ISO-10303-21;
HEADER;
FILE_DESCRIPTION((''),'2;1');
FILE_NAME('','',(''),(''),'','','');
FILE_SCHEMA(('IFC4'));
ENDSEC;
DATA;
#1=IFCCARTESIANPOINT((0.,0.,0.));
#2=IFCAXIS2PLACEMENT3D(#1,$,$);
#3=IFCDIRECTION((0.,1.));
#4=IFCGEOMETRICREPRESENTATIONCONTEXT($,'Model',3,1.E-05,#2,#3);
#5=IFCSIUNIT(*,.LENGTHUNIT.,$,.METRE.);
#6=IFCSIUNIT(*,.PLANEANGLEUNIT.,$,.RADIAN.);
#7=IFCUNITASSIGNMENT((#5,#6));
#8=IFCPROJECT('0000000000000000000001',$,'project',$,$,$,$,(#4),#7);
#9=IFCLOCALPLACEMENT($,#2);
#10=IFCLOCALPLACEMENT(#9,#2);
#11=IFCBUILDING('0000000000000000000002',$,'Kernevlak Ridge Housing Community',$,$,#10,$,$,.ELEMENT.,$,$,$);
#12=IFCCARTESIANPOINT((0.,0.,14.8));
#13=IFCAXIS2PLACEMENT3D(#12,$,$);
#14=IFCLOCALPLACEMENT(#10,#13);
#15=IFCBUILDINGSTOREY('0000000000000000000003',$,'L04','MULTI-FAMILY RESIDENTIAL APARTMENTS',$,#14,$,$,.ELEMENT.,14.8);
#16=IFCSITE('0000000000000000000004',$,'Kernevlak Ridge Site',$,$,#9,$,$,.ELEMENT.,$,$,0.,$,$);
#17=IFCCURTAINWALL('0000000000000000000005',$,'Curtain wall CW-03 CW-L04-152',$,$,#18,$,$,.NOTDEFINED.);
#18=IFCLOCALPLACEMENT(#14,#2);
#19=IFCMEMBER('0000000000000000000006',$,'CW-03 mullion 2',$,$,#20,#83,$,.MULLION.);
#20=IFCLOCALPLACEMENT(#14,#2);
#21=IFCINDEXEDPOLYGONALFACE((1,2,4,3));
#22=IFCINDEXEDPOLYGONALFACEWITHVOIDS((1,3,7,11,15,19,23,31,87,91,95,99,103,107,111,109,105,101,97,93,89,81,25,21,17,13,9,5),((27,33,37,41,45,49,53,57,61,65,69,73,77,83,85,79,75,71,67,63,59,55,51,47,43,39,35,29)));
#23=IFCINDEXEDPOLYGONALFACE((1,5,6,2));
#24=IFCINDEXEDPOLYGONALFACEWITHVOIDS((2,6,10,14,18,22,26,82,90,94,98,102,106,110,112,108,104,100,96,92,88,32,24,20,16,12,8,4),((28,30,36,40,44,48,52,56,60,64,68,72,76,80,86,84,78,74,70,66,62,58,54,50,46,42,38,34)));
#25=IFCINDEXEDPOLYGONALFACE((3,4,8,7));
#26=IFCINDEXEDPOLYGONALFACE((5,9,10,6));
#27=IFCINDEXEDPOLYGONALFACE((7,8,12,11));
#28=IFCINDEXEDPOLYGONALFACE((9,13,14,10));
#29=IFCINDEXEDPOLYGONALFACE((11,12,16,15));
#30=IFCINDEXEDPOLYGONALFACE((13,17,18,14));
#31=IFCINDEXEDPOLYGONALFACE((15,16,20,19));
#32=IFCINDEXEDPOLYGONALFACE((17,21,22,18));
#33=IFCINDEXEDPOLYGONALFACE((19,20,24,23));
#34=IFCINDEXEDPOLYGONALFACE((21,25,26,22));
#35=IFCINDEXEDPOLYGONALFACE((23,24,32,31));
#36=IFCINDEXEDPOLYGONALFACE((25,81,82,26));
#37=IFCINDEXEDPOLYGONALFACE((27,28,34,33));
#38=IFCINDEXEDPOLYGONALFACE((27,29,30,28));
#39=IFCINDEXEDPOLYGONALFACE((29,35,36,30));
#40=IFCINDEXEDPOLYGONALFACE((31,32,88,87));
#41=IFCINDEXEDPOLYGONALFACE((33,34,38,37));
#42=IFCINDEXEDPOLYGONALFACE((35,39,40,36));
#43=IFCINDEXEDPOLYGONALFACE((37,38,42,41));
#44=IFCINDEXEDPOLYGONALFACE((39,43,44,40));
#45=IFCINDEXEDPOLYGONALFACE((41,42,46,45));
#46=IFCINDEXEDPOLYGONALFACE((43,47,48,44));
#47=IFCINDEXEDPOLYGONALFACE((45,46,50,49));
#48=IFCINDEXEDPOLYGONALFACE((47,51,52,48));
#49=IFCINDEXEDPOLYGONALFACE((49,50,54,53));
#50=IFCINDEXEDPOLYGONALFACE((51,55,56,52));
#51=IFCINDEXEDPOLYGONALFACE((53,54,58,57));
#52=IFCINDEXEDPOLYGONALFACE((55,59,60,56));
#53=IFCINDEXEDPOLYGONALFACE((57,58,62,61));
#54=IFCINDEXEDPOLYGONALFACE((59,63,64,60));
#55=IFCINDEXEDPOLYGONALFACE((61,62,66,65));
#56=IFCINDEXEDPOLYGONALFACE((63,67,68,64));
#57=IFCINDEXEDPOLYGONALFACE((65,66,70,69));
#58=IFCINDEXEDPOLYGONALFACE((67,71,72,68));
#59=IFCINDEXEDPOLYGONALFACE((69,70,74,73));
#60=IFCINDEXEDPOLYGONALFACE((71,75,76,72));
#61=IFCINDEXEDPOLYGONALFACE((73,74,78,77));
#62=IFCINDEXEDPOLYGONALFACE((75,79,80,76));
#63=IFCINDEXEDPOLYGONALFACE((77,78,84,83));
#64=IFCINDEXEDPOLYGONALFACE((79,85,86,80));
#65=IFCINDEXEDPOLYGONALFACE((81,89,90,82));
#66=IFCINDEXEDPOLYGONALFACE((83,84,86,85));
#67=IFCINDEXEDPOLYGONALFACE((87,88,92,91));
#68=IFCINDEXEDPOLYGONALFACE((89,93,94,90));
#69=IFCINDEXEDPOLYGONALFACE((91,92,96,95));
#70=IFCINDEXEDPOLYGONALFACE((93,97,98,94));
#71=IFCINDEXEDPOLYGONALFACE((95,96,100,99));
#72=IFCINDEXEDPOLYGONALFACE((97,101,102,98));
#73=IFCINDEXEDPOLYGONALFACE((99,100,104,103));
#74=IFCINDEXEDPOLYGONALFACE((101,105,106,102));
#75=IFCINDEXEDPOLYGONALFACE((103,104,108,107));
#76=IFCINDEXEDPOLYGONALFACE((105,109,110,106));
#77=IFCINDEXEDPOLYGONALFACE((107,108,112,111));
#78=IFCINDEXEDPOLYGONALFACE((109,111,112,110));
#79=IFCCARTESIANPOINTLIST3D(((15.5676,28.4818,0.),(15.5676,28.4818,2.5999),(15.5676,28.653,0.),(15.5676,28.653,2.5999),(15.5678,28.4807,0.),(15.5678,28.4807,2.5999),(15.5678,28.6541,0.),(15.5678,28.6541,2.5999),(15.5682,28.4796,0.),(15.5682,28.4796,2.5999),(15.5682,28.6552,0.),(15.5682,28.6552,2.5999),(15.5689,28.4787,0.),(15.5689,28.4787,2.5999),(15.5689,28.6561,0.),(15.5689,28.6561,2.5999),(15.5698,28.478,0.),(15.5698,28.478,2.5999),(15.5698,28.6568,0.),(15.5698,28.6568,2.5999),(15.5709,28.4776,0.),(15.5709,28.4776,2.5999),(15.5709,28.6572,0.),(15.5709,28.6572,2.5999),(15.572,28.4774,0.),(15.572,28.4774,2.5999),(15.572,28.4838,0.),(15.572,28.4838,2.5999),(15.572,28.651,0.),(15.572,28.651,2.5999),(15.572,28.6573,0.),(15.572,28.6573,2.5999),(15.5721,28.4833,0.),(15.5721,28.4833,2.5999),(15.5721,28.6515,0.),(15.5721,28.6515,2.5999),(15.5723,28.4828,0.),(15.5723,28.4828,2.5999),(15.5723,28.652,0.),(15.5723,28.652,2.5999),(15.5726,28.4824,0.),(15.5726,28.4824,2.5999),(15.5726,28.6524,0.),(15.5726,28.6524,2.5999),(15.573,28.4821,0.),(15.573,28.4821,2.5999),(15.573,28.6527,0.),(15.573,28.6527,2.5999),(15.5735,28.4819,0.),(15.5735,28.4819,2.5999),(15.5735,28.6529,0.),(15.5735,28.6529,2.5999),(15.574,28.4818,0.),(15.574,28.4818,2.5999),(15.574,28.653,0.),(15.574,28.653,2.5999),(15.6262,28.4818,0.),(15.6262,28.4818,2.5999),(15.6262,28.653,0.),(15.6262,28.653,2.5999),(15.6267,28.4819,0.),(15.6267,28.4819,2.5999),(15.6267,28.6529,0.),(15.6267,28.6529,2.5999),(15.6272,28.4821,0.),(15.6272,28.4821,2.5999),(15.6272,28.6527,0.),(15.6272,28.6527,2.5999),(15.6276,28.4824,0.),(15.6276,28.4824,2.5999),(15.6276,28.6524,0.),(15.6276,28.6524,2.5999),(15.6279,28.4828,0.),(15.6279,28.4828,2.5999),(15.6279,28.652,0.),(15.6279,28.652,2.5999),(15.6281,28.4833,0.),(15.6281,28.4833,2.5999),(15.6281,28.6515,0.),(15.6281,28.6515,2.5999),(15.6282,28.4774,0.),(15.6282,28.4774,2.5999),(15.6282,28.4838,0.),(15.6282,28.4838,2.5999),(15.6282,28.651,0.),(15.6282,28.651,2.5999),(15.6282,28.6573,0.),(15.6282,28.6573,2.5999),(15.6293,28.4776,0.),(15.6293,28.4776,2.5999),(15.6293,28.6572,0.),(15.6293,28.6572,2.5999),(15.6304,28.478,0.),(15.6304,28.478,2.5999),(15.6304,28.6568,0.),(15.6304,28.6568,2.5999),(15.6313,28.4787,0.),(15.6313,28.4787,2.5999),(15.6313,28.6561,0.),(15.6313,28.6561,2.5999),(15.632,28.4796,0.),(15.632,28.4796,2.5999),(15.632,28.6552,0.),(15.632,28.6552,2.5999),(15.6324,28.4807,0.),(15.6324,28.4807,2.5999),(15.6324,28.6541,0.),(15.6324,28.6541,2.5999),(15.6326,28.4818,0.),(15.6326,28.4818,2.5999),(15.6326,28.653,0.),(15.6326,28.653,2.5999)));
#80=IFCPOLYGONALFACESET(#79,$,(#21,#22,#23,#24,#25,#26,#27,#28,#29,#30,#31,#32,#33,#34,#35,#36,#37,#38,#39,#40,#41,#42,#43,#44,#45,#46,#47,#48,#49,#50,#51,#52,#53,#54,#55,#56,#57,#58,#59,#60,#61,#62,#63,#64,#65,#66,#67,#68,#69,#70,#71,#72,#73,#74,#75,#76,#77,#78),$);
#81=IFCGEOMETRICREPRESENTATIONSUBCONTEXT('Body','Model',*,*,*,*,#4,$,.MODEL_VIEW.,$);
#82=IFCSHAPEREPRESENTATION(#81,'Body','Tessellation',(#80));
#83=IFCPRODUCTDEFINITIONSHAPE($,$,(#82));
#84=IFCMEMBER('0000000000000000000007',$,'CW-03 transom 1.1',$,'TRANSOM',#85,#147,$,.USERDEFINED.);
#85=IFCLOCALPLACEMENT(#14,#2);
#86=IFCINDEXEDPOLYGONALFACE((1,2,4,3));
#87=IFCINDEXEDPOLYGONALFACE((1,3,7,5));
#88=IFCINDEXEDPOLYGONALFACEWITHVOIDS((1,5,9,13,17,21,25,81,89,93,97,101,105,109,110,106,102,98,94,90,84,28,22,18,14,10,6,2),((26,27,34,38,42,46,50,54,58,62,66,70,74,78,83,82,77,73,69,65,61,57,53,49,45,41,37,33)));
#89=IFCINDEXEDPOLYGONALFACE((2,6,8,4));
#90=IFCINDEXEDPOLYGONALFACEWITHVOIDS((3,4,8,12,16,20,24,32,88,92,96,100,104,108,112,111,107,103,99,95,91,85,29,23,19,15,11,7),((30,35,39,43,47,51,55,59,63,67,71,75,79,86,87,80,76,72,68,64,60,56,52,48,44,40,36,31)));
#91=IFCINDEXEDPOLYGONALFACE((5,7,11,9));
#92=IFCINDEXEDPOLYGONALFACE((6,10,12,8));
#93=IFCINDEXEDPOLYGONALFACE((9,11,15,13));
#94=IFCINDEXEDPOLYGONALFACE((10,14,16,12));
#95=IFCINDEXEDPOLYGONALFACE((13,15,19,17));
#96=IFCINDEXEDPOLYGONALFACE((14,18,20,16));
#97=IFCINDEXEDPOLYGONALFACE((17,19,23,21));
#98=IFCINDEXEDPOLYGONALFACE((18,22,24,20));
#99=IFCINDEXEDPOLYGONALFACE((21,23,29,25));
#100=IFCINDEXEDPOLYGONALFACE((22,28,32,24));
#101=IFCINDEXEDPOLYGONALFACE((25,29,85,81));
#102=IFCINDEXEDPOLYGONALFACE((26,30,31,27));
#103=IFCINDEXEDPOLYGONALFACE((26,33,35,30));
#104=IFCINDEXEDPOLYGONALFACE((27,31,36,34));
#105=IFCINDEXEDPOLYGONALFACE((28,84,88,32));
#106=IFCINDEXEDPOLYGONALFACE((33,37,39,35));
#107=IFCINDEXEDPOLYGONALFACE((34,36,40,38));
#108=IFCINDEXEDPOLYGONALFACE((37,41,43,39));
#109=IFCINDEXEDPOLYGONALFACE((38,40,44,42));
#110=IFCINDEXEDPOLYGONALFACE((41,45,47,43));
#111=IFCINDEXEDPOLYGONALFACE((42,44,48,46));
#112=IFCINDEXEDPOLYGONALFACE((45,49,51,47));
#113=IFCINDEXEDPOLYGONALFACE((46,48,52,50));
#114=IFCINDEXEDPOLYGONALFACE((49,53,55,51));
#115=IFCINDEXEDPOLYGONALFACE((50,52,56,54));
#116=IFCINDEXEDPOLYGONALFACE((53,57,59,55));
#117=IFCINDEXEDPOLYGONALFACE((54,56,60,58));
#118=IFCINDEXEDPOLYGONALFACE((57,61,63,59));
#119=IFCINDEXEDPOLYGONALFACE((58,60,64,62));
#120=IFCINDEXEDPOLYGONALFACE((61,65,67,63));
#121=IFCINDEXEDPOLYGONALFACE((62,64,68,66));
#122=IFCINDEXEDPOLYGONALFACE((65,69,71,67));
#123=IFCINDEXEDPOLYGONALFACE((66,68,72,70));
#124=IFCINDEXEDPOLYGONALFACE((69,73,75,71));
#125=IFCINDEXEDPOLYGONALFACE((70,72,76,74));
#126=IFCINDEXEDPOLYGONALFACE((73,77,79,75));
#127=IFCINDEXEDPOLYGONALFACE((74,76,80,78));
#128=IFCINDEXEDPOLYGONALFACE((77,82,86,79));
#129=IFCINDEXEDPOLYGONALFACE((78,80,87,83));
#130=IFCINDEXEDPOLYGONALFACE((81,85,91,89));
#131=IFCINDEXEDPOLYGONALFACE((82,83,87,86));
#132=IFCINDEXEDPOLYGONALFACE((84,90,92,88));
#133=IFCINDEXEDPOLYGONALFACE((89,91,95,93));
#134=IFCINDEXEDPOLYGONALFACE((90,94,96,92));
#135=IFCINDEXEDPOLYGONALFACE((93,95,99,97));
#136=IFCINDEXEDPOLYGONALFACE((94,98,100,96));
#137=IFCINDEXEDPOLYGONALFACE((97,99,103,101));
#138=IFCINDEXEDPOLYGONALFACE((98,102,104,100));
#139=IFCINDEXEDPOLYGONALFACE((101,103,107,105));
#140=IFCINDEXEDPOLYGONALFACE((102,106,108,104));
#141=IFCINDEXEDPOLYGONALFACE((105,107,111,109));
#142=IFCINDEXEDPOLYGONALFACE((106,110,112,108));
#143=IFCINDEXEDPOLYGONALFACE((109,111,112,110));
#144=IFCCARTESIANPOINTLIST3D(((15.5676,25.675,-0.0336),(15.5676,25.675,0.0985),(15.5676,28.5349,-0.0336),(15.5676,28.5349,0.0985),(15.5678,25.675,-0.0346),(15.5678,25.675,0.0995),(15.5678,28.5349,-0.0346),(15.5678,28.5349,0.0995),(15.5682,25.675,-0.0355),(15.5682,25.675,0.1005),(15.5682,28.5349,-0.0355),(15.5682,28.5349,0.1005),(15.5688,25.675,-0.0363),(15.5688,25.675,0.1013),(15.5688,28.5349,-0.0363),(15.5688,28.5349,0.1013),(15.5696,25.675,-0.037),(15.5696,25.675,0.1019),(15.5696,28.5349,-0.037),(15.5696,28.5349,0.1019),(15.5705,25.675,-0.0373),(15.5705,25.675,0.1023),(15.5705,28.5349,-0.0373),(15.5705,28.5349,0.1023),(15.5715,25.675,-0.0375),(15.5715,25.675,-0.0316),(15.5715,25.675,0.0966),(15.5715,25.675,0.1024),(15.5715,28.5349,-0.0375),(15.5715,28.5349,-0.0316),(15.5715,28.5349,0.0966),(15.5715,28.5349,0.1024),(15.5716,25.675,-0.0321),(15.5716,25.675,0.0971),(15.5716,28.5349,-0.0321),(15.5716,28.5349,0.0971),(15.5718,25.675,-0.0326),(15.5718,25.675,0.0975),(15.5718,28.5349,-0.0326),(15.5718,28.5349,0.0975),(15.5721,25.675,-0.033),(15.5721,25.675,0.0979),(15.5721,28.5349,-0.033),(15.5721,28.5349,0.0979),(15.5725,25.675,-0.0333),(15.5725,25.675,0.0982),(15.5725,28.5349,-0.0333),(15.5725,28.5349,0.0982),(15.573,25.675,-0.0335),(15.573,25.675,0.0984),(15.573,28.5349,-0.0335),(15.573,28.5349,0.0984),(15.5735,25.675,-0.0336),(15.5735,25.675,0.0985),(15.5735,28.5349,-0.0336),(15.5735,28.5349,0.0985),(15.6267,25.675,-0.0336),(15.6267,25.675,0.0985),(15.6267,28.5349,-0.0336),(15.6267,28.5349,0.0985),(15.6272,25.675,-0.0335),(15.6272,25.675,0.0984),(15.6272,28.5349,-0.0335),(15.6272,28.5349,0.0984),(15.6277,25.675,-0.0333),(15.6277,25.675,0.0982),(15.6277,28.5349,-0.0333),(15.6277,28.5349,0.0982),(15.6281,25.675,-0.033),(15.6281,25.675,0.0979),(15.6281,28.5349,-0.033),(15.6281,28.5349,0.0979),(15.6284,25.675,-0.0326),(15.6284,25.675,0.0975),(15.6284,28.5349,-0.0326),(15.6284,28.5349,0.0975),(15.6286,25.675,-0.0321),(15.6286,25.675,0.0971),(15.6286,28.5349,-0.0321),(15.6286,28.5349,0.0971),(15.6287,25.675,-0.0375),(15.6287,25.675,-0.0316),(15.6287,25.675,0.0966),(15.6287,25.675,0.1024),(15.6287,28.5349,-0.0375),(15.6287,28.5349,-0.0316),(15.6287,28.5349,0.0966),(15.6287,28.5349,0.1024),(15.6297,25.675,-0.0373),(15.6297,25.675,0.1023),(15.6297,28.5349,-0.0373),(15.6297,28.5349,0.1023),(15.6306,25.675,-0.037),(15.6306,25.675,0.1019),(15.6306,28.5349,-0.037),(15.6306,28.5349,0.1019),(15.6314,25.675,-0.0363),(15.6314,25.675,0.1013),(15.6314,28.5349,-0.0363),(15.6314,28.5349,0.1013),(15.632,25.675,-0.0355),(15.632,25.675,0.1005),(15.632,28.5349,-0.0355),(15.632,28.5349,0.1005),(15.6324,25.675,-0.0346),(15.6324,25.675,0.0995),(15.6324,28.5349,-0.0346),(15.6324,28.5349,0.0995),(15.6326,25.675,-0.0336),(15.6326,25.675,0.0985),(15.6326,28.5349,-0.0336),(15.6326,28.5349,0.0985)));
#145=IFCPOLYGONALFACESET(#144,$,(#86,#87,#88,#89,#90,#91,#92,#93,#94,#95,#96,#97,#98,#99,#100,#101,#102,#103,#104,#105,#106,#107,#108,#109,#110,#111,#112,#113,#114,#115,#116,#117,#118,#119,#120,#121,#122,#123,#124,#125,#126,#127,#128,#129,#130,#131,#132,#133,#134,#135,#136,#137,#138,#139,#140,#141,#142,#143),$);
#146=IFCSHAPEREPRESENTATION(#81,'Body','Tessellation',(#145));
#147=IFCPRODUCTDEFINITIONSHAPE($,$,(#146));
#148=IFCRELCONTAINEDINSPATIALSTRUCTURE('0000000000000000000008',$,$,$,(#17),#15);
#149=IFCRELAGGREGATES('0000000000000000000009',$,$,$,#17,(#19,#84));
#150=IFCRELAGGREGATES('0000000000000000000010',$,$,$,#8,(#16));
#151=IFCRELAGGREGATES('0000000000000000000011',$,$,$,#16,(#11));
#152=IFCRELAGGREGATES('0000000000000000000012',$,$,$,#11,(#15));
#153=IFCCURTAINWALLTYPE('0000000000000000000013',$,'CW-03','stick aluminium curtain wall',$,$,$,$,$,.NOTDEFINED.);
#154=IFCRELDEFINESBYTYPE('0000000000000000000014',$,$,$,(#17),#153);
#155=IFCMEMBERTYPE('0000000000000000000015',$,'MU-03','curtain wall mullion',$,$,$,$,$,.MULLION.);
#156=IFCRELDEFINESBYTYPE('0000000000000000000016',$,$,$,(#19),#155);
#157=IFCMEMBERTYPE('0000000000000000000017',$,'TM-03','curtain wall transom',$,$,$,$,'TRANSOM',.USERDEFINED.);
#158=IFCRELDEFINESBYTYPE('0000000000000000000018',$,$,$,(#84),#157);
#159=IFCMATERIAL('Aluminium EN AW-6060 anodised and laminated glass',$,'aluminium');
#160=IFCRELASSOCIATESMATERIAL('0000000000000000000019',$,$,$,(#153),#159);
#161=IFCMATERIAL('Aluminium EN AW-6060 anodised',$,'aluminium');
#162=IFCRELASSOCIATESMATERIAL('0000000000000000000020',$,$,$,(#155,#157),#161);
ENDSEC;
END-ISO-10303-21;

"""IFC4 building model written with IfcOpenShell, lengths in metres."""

from ifc_helpers import new_model, si_unit, direction, frame, origin, origin_2d, place, context, subcontext, project, spatial, hollow_rectangle, extrude, material, material_profile, profile_set, type_object, element, aggregate, save


model = new_model("IFC4")

# Units and contexts
model_context = context("Model", 3, precision=1e-05, world=origin(), true_north=direction((0.0, 1.0)))
body_context = subcontext(model_context, "Body", "Model", "MODEL_VIEW")
ifc_project = project(units=[si_unit("LENGTHUNIT", "METRE"), si_unit("PLANEANGLEUNIT", "RADIAN")], contexts=[model_context])

# Site, building, storey
site_placement = place(None, origin())
site = spatial("IfcSite", under=ifc_project, at=site_placement, Name="Kernevlak Ridge Site", CompositionType="ELEMENT", RefElevation=0.0)
building_placement = place(site_placement, origin())
building = spatial("IfcBuilding", under=site, at=building_placement, Name="Kernevlak Ridge Housing Community", CompositionType="ELEMENT")
storey_placement = place(building_placement, frame((0.0, 0.0, 14.8)))
storey = spatial("IfcBuildingStorey", under=building, at=storey_placement, Name="L04", Description="MULTI-FAMILY RESIDENTIAL APARTMENTS", CompositionType="ELEMENT", Elevation=14.8)

# Shared definitions
ifc_material_1 = material(Name="Aluminium EN AW-6060 anodised and laminated glass", Category="aluminium")
ifc_material_2 = material(Name="Aluminium EN AW-6060 anodised", Category="aluminium")

# Curtain wall, members
curtain_wall_type_1 = type_object("IfcCurtainWallType", Name="CW-03", Description="stick aluminium curtain wall", PredefinedType="NOTDEFINED", material=ifc_material_1)
curtain_wall_1_placement = place(storey_placement, origin())
curtain_wall_1 = element("IfcCurtainWall", 1, at=curtain_wall_1_placement, inside=storey, type_object=curtain_wall_type_1, Name="Curtain wall CW-03 CW-L04-152", PredefinedType="NOTDEFINED")
ifc_material_profile_1 = material_profile(ifc_material_2, hollow_rectangle(XDim=0.0649, YDim=0.1799, WallThickness=0.0044, InnerFilletRadius=0.002, OuterFilletRadius=0.0044, at=origin_2d()), Name="ALU 65x180x4.5")
ifc_profile_set_1 = profile_set([ifc_material_profile_1], Name="Aluminium EN AW-6060 anodised")
member_type_1 = type_object("IfcMemberType", Name="MU-03", Description="curtain wall mullion", PredefinedType="MULLION", material=ifc_profile_set_1)
member_1_placement = place(storey_placement, frame((15.6001, 28.5674, 0.0), z_axis=(0.0, 0.0, 1.0), x_axis=(-1.0, 0.0, 0.0)))
member_1 = element("IfcMember", 2, at=member_1_placement, type_object=member_type_1, Name="CW-03 mullion 2", PredefinedType="MULLION", context=body_context, shape_type="SweptSolid", body=[
    extrude(hollow_rectangle(XDim=0.0649, YDim=0.1799, WallThickness=0.0044, InnerFilletRadius=0.002, OuterFilletRadius=0.0044, at=origin_2d()), origin(), (0.0, 0.0, 1.0), 2.5999),
])
ifc_material_profile_2 = material_profile(ifc_material_2, hollow_rectangle(XDim=0.0649, YDim=0.1399, WallThickness=0.0039, InnerFilletRadius=0.002, OuterFilletRadius=0.0039, at=origin_2d()), Name="ALU 65x140x4")
ifc_profile_set_2 = profile_set([ifc_material_profile_2], Name="Aluminium EN AW-6060 anodised")
member_type_2 = type_object("IfcMemberType", Name="TM-03", Description="curtain wall transom", ElementType="TRANSOM", PredefinedType="USERDEFINED", material=ifc_profile_set_2)
member_2_placement = place(storey_placement, frame((15.6001, 25.675, 0.0325), z_axis=(0.0, 1.0, 0.0), x_axis=(-1.0, 0.0, 0.0)))
member_2 = element("IfcMember", 3, at=member_2_placement, type_object=member_type_2, Name="CW-03 transom 1.1", ObjectType="TRANSOM", PredefinedType="USERDEFINED", context=body_context, shape_type="SweptSolid", body=[
    extrude(hollow_rectangle(XDim=0.0649, YDim=0.1399, WallThickness=0.0039, InnerFilletRadius=0.002, OuterFilletRadius=0.0039, at=origin_2d()), origin(), (0.0, 0.0, 1.0), 2.8599),
])

aggregate(curtain_wall_1, [member_1, member_2])

save(model, "model.ifc")
